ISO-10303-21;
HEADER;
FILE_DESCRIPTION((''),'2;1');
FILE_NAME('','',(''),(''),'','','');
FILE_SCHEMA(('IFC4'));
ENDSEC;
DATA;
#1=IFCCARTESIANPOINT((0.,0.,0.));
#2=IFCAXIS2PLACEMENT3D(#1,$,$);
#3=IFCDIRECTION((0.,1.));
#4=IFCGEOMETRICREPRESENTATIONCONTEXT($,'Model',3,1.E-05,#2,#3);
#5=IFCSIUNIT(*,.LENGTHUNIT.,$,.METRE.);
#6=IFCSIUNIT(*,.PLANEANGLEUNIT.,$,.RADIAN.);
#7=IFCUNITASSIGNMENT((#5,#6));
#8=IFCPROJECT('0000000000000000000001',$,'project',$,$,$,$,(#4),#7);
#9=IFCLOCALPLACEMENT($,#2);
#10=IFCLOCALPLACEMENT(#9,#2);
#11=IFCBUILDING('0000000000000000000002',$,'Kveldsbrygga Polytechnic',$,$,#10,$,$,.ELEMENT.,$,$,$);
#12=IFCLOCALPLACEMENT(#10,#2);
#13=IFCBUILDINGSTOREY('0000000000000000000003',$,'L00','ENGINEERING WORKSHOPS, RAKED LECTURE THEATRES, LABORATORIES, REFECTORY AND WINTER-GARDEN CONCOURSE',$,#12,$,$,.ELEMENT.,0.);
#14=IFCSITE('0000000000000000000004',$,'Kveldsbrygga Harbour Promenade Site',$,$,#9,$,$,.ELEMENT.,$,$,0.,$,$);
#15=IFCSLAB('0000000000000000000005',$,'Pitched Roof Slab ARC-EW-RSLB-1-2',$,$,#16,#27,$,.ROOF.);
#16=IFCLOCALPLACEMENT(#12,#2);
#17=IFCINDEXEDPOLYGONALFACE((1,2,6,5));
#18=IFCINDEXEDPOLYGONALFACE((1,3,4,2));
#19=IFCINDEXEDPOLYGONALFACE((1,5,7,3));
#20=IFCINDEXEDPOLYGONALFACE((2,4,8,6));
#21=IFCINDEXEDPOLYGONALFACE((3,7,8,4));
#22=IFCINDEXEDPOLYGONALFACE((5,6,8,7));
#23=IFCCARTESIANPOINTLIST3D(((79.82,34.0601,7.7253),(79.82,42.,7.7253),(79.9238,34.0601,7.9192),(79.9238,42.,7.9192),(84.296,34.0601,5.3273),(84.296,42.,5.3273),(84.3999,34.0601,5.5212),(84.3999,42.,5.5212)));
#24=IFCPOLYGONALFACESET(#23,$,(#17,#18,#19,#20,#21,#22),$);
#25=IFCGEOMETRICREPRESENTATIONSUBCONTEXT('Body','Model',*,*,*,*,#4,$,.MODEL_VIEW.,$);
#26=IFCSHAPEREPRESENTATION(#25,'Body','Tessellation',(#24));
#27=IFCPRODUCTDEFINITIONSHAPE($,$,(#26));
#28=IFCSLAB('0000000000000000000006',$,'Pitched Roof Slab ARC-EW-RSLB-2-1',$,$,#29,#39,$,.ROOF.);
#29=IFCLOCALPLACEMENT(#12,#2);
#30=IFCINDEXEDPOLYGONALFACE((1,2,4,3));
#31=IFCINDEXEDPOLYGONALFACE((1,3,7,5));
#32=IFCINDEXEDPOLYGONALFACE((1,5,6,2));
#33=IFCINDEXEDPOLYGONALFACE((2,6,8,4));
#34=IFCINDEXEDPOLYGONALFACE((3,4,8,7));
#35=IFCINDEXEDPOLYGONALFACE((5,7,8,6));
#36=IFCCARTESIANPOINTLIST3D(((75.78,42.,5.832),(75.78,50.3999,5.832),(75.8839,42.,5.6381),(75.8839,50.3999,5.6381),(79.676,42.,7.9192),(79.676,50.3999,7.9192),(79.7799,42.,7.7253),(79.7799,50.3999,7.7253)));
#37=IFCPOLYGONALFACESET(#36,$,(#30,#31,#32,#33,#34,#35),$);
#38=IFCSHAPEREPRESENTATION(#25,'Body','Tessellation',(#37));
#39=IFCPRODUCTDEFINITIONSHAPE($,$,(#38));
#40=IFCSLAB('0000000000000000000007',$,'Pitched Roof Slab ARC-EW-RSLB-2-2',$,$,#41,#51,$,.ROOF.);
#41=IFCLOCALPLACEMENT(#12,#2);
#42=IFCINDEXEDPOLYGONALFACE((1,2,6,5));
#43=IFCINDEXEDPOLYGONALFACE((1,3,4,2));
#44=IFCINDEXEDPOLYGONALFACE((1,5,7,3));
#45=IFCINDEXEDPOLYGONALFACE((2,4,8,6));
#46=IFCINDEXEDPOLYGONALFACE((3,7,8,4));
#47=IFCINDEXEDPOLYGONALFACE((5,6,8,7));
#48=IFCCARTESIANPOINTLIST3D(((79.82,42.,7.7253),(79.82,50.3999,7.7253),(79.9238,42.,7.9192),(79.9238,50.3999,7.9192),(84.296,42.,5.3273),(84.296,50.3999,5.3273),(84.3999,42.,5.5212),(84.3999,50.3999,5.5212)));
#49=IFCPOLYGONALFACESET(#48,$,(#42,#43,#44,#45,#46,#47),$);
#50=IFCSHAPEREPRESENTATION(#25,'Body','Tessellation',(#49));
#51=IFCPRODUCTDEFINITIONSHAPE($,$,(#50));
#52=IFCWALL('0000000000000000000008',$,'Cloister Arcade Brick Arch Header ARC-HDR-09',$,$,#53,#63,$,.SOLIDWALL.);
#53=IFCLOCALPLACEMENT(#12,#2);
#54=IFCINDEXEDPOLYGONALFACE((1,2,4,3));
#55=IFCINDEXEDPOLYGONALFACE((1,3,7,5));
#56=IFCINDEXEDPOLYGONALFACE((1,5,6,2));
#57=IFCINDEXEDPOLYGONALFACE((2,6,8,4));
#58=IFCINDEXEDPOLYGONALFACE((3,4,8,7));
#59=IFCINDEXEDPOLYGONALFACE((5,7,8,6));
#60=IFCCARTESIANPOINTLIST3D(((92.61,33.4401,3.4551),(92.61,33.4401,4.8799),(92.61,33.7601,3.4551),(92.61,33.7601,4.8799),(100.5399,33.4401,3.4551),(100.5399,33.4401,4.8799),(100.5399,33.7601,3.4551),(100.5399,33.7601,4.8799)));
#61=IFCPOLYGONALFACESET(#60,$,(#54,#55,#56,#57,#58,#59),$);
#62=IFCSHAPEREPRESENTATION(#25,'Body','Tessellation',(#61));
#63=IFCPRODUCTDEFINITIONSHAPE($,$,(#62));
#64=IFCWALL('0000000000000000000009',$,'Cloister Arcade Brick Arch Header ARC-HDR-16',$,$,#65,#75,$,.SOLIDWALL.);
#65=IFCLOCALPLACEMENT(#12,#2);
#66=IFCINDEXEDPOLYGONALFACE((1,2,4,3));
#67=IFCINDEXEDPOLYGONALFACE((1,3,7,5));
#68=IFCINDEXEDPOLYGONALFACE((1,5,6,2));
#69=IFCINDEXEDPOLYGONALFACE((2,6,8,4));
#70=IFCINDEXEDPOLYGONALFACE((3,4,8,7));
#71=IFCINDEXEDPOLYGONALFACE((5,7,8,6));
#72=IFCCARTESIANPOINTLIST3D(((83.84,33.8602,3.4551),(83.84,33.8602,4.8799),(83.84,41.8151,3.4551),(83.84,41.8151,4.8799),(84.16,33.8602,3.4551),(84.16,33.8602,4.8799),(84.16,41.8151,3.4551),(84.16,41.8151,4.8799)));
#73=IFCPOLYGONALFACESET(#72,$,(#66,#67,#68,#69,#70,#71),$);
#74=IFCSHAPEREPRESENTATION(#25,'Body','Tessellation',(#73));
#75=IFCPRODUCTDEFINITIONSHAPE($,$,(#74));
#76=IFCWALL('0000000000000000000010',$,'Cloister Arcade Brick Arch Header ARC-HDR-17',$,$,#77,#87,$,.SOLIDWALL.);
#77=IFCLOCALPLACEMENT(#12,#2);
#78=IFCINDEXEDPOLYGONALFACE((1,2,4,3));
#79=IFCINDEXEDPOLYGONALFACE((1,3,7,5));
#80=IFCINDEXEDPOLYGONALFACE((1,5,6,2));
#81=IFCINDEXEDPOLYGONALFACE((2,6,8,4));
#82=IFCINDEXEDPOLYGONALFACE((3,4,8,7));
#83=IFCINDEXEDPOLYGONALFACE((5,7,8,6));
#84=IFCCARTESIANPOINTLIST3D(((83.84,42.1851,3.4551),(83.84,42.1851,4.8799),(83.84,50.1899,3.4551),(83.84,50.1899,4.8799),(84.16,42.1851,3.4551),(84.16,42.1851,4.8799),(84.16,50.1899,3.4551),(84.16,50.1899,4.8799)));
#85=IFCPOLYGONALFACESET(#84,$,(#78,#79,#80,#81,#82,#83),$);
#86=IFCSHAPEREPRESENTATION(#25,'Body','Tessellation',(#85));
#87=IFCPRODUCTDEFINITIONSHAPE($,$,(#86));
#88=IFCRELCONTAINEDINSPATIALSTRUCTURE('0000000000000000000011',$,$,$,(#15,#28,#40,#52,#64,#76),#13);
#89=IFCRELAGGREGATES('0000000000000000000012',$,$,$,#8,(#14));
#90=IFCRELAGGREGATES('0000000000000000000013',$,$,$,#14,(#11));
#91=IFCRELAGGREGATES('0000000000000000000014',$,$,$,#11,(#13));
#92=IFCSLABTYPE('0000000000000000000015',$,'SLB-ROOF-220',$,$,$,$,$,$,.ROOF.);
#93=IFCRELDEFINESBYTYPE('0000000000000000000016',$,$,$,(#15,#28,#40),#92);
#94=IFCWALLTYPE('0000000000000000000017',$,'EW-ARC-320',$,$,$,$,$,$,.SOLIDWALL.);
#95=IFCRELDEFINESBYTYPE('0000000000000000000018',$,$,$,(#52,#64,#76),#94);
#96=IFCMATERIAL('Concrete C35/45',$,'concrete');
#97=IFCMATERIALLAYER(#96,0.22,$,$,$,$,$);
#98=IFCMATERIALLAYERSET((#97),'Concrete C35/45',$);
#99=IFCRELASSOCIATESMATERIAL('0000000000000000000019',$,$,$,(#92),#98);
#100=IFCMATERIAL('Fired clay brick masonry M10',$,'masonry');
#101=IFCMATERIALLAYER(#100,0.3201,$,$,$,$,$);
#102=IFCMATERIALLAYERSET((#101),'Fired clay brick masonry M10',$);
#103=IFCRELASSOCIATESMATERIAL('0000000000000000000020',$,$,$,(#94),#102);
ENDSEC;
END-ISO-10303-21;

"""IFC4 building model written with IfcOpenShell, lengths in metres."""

from ifc_helpers import new_model, si_unit, direction, frame, frame_2d, origin, place, context, subcontext, project, spatial, polyline, rectangle, outline, extrude, material, layer, layer_set, type_object, element, save


model = new_model("IFC4")

# Units and contexts
model_context = context("Model", 3, precision=1e-05, world=origin(), true_north=direction((0.0, 1.0)))
body_context = subcontext(model_context, "Body", "Model", "MODEL_VIEW")
ifc_project = project(units=[si_unit("LENGTHUNIT", "METRE"), si_unit("PLANEANGLEUNIT", "RADIAN")], contexts=[model_context])

# Site, building, storey
site_placement = place(None, origin())
site = spatial("IfcSite", under=ifc_project, at=site_placement, Name="Kveldsbrygga Harbour Promenade Site", CompositionType="ELEMENT", RefElevation=0.0)
building_placement = place(site_placement, origin())
building = spatial("IfcBuilding", under=site, at=building_placement, Name="Kveldsbrygga Polytechnic", CompositionType="ELEMENT")
storey_placement = place(building_placement, origin())
storey = spatial("IfcBuildingStorey", under=building, at=storey_placement, Name="L00", Description="ENGINEERING WORKSHOPS, RAKED LECTURE THEATRES, LABORATORIES, REFECTORY AND WINTER-GARDEN CONCOURSE", CompositionType="ELEMENT", Elevation=0.0)

# Shared definitions
ifc_material_1 = material(Name="Concrete C35/45", Category="concrete")

# Slabs
ifc_layer_1 = layer(ifc_material_1, 0.22)
ifc_layer_set_1 = layer_set([ifc_layer_1], Name="Concrete C35/45")
slab_type = type_object("IfcSlabType", Name="SLB-ROOF-220", PredefinedType="ROOF", material=ifc_layer_set_1)
slab_1_placement = place(storey_placement, frame((79.9238, 34.0601, 7.9192), z_axis=(0.472229, 0.0, 0.881476), x_axis=(0.881476, 0.0, -0.472229)))
element("IfcSlab", 1, at=slab_1_placement, inside=storey, type_object=slab_type, Name="Pitched Roof Slab ARC-EW-RSLB-1-2", PredefinedType="ROOF", context=body_context, shape_type="SweptSolid", body=[
    extrude(outline(polyline([(0.0, 0.0), (5.0779, 0.0), (5.0779, 7.9399), (0.0, 7.9399), (0.0, 0.0)])), origin(), (0.0, 0.0, -1.0), 0.22),
])
slab_2_placement = place(storey_placement, frame((75.78, 42.0, 5.832), z_axis=(-0.472224, 0.0, 0.881478), x_axis=(0.881478, 0.0, 0.472224)))
element("IfcSlab", 2, at=slab_2_placement, inside=storey, type_object=slab_type, Name="Pitched Roof Slab ARC-EW-RSLB-2-1", PredefinedType="ROOF", context=body_context, shape_type="SweptSolid", body=[
    extrude(outline(polyline([(0.0, 0.0), (4.4198, 0.0), (4.4198, 8.3999), (0.0, 8.3999), (0.0, 0.0)])), origin(), (0.0, 0.0, -1.0), 0.22),
])
slab_3_placement = place(storey_placement, frame((79.9238, 42.0, 7.9192), z_axis=(0.472229, 0.0, 0.881476), x_axis=(0.881476, 0.0, -0.472229)))
element("IfcSlab", 3, at=slab_3_placement, inside=storey, type_object=slab_type, Name="Pitched Roof Slab ARC-EW-RSLB-2-2", PredefinedType="ROOF", context=body_context, shape_type="SweptSolid", body=[
    extrude(outline(polyline([(0.0, 0.0), (5.0779, 0.0), (5.0779, 8.3999), (0.0, 8.3999), (0.0, 0.0)])), origin(), (0.0, 0.0, -1.0), 0.22),
])

# Walls
ifc_material_2 = material(Name="Fired clay brick masonry M10", Category="masonry")
ifc_layer_2 = layer(ifc_material_2, 0.3201)
ifc_layer_set_2 = layer_set([ifc_layer_2], Name="Fired clay brick masonry M10")
wall_type = type_object("IfcWallType", Name="EW-ARC-320", PredefinedType="SOLIDWALL", material=ifc_layer_set_2)
wall_1_placement = place(storey_placement, frame((92.6101, 33.6001, 3.4551), z_axis=(0.0, 0.0, 1.0), x_axis=(1.0, 0.0, 0.0)))
element("IfcWall", 4, at=wall_1_placement, inside=storey, type_object=wall_type, Name="Cloister Arcade Brick Arch Header ARC-HDR-09", PredefinedType="SOLIDWALL", context=body_context, shape_type="SweptSolid", body=[
    extrude(rectangle(XDim=7.9299, YDim=0.3201, at=frame_2d((3.9648, 0.0))), origin(), (0.0, 0.0, 1.0), 1.4248),
])
wall_2_placement = place(storey_placement, frame((84.0, 33.8601, 3.4551), z_axis=(0.0, 0.0, 1.0), x_axis=(0.0, 1.0, 0.0)))
element("IfcWall", 5, at=wall_2_placement, inside=storey, type_object=wall_type, Name="Cloister Arcade Brick Arch Header ARC-HDR-16", PredefinedType="SOLIDWALL", context=body_context, shape_type="SweptSolid", body=[
    extrude(rectangle(XDim=7.9548, YDim=0.3201, at=frame_2d((3.9775, 0.0))), origin(), (0.0, 0.0, 1.0), 1.4248),
])
wall_3_placement = place(storey_placement, frame((84.0, 42.1851, 3.4551), z_axis=(0.0, 0.0, 1.0), x_axis=(0.0, 1.0, 0.0)))
element("IfcWall", 6, at=wall_3_placement, inside=storey, type_object=wall_type, Name="Cloister Arcade Brick Arch Header ARC-HDR-17", PredefinedType="SOLIDWALL", context=body_context, shape_type="SweptSolid", body=[
    extrude(rectangle(XDim=8.0049, YDim=0.3201, at=frame_2d((4.0024, 0.0))), origin(), (0.0, 0.0, 1.0), 1.4248),
])

save(model, "model.ifc")
